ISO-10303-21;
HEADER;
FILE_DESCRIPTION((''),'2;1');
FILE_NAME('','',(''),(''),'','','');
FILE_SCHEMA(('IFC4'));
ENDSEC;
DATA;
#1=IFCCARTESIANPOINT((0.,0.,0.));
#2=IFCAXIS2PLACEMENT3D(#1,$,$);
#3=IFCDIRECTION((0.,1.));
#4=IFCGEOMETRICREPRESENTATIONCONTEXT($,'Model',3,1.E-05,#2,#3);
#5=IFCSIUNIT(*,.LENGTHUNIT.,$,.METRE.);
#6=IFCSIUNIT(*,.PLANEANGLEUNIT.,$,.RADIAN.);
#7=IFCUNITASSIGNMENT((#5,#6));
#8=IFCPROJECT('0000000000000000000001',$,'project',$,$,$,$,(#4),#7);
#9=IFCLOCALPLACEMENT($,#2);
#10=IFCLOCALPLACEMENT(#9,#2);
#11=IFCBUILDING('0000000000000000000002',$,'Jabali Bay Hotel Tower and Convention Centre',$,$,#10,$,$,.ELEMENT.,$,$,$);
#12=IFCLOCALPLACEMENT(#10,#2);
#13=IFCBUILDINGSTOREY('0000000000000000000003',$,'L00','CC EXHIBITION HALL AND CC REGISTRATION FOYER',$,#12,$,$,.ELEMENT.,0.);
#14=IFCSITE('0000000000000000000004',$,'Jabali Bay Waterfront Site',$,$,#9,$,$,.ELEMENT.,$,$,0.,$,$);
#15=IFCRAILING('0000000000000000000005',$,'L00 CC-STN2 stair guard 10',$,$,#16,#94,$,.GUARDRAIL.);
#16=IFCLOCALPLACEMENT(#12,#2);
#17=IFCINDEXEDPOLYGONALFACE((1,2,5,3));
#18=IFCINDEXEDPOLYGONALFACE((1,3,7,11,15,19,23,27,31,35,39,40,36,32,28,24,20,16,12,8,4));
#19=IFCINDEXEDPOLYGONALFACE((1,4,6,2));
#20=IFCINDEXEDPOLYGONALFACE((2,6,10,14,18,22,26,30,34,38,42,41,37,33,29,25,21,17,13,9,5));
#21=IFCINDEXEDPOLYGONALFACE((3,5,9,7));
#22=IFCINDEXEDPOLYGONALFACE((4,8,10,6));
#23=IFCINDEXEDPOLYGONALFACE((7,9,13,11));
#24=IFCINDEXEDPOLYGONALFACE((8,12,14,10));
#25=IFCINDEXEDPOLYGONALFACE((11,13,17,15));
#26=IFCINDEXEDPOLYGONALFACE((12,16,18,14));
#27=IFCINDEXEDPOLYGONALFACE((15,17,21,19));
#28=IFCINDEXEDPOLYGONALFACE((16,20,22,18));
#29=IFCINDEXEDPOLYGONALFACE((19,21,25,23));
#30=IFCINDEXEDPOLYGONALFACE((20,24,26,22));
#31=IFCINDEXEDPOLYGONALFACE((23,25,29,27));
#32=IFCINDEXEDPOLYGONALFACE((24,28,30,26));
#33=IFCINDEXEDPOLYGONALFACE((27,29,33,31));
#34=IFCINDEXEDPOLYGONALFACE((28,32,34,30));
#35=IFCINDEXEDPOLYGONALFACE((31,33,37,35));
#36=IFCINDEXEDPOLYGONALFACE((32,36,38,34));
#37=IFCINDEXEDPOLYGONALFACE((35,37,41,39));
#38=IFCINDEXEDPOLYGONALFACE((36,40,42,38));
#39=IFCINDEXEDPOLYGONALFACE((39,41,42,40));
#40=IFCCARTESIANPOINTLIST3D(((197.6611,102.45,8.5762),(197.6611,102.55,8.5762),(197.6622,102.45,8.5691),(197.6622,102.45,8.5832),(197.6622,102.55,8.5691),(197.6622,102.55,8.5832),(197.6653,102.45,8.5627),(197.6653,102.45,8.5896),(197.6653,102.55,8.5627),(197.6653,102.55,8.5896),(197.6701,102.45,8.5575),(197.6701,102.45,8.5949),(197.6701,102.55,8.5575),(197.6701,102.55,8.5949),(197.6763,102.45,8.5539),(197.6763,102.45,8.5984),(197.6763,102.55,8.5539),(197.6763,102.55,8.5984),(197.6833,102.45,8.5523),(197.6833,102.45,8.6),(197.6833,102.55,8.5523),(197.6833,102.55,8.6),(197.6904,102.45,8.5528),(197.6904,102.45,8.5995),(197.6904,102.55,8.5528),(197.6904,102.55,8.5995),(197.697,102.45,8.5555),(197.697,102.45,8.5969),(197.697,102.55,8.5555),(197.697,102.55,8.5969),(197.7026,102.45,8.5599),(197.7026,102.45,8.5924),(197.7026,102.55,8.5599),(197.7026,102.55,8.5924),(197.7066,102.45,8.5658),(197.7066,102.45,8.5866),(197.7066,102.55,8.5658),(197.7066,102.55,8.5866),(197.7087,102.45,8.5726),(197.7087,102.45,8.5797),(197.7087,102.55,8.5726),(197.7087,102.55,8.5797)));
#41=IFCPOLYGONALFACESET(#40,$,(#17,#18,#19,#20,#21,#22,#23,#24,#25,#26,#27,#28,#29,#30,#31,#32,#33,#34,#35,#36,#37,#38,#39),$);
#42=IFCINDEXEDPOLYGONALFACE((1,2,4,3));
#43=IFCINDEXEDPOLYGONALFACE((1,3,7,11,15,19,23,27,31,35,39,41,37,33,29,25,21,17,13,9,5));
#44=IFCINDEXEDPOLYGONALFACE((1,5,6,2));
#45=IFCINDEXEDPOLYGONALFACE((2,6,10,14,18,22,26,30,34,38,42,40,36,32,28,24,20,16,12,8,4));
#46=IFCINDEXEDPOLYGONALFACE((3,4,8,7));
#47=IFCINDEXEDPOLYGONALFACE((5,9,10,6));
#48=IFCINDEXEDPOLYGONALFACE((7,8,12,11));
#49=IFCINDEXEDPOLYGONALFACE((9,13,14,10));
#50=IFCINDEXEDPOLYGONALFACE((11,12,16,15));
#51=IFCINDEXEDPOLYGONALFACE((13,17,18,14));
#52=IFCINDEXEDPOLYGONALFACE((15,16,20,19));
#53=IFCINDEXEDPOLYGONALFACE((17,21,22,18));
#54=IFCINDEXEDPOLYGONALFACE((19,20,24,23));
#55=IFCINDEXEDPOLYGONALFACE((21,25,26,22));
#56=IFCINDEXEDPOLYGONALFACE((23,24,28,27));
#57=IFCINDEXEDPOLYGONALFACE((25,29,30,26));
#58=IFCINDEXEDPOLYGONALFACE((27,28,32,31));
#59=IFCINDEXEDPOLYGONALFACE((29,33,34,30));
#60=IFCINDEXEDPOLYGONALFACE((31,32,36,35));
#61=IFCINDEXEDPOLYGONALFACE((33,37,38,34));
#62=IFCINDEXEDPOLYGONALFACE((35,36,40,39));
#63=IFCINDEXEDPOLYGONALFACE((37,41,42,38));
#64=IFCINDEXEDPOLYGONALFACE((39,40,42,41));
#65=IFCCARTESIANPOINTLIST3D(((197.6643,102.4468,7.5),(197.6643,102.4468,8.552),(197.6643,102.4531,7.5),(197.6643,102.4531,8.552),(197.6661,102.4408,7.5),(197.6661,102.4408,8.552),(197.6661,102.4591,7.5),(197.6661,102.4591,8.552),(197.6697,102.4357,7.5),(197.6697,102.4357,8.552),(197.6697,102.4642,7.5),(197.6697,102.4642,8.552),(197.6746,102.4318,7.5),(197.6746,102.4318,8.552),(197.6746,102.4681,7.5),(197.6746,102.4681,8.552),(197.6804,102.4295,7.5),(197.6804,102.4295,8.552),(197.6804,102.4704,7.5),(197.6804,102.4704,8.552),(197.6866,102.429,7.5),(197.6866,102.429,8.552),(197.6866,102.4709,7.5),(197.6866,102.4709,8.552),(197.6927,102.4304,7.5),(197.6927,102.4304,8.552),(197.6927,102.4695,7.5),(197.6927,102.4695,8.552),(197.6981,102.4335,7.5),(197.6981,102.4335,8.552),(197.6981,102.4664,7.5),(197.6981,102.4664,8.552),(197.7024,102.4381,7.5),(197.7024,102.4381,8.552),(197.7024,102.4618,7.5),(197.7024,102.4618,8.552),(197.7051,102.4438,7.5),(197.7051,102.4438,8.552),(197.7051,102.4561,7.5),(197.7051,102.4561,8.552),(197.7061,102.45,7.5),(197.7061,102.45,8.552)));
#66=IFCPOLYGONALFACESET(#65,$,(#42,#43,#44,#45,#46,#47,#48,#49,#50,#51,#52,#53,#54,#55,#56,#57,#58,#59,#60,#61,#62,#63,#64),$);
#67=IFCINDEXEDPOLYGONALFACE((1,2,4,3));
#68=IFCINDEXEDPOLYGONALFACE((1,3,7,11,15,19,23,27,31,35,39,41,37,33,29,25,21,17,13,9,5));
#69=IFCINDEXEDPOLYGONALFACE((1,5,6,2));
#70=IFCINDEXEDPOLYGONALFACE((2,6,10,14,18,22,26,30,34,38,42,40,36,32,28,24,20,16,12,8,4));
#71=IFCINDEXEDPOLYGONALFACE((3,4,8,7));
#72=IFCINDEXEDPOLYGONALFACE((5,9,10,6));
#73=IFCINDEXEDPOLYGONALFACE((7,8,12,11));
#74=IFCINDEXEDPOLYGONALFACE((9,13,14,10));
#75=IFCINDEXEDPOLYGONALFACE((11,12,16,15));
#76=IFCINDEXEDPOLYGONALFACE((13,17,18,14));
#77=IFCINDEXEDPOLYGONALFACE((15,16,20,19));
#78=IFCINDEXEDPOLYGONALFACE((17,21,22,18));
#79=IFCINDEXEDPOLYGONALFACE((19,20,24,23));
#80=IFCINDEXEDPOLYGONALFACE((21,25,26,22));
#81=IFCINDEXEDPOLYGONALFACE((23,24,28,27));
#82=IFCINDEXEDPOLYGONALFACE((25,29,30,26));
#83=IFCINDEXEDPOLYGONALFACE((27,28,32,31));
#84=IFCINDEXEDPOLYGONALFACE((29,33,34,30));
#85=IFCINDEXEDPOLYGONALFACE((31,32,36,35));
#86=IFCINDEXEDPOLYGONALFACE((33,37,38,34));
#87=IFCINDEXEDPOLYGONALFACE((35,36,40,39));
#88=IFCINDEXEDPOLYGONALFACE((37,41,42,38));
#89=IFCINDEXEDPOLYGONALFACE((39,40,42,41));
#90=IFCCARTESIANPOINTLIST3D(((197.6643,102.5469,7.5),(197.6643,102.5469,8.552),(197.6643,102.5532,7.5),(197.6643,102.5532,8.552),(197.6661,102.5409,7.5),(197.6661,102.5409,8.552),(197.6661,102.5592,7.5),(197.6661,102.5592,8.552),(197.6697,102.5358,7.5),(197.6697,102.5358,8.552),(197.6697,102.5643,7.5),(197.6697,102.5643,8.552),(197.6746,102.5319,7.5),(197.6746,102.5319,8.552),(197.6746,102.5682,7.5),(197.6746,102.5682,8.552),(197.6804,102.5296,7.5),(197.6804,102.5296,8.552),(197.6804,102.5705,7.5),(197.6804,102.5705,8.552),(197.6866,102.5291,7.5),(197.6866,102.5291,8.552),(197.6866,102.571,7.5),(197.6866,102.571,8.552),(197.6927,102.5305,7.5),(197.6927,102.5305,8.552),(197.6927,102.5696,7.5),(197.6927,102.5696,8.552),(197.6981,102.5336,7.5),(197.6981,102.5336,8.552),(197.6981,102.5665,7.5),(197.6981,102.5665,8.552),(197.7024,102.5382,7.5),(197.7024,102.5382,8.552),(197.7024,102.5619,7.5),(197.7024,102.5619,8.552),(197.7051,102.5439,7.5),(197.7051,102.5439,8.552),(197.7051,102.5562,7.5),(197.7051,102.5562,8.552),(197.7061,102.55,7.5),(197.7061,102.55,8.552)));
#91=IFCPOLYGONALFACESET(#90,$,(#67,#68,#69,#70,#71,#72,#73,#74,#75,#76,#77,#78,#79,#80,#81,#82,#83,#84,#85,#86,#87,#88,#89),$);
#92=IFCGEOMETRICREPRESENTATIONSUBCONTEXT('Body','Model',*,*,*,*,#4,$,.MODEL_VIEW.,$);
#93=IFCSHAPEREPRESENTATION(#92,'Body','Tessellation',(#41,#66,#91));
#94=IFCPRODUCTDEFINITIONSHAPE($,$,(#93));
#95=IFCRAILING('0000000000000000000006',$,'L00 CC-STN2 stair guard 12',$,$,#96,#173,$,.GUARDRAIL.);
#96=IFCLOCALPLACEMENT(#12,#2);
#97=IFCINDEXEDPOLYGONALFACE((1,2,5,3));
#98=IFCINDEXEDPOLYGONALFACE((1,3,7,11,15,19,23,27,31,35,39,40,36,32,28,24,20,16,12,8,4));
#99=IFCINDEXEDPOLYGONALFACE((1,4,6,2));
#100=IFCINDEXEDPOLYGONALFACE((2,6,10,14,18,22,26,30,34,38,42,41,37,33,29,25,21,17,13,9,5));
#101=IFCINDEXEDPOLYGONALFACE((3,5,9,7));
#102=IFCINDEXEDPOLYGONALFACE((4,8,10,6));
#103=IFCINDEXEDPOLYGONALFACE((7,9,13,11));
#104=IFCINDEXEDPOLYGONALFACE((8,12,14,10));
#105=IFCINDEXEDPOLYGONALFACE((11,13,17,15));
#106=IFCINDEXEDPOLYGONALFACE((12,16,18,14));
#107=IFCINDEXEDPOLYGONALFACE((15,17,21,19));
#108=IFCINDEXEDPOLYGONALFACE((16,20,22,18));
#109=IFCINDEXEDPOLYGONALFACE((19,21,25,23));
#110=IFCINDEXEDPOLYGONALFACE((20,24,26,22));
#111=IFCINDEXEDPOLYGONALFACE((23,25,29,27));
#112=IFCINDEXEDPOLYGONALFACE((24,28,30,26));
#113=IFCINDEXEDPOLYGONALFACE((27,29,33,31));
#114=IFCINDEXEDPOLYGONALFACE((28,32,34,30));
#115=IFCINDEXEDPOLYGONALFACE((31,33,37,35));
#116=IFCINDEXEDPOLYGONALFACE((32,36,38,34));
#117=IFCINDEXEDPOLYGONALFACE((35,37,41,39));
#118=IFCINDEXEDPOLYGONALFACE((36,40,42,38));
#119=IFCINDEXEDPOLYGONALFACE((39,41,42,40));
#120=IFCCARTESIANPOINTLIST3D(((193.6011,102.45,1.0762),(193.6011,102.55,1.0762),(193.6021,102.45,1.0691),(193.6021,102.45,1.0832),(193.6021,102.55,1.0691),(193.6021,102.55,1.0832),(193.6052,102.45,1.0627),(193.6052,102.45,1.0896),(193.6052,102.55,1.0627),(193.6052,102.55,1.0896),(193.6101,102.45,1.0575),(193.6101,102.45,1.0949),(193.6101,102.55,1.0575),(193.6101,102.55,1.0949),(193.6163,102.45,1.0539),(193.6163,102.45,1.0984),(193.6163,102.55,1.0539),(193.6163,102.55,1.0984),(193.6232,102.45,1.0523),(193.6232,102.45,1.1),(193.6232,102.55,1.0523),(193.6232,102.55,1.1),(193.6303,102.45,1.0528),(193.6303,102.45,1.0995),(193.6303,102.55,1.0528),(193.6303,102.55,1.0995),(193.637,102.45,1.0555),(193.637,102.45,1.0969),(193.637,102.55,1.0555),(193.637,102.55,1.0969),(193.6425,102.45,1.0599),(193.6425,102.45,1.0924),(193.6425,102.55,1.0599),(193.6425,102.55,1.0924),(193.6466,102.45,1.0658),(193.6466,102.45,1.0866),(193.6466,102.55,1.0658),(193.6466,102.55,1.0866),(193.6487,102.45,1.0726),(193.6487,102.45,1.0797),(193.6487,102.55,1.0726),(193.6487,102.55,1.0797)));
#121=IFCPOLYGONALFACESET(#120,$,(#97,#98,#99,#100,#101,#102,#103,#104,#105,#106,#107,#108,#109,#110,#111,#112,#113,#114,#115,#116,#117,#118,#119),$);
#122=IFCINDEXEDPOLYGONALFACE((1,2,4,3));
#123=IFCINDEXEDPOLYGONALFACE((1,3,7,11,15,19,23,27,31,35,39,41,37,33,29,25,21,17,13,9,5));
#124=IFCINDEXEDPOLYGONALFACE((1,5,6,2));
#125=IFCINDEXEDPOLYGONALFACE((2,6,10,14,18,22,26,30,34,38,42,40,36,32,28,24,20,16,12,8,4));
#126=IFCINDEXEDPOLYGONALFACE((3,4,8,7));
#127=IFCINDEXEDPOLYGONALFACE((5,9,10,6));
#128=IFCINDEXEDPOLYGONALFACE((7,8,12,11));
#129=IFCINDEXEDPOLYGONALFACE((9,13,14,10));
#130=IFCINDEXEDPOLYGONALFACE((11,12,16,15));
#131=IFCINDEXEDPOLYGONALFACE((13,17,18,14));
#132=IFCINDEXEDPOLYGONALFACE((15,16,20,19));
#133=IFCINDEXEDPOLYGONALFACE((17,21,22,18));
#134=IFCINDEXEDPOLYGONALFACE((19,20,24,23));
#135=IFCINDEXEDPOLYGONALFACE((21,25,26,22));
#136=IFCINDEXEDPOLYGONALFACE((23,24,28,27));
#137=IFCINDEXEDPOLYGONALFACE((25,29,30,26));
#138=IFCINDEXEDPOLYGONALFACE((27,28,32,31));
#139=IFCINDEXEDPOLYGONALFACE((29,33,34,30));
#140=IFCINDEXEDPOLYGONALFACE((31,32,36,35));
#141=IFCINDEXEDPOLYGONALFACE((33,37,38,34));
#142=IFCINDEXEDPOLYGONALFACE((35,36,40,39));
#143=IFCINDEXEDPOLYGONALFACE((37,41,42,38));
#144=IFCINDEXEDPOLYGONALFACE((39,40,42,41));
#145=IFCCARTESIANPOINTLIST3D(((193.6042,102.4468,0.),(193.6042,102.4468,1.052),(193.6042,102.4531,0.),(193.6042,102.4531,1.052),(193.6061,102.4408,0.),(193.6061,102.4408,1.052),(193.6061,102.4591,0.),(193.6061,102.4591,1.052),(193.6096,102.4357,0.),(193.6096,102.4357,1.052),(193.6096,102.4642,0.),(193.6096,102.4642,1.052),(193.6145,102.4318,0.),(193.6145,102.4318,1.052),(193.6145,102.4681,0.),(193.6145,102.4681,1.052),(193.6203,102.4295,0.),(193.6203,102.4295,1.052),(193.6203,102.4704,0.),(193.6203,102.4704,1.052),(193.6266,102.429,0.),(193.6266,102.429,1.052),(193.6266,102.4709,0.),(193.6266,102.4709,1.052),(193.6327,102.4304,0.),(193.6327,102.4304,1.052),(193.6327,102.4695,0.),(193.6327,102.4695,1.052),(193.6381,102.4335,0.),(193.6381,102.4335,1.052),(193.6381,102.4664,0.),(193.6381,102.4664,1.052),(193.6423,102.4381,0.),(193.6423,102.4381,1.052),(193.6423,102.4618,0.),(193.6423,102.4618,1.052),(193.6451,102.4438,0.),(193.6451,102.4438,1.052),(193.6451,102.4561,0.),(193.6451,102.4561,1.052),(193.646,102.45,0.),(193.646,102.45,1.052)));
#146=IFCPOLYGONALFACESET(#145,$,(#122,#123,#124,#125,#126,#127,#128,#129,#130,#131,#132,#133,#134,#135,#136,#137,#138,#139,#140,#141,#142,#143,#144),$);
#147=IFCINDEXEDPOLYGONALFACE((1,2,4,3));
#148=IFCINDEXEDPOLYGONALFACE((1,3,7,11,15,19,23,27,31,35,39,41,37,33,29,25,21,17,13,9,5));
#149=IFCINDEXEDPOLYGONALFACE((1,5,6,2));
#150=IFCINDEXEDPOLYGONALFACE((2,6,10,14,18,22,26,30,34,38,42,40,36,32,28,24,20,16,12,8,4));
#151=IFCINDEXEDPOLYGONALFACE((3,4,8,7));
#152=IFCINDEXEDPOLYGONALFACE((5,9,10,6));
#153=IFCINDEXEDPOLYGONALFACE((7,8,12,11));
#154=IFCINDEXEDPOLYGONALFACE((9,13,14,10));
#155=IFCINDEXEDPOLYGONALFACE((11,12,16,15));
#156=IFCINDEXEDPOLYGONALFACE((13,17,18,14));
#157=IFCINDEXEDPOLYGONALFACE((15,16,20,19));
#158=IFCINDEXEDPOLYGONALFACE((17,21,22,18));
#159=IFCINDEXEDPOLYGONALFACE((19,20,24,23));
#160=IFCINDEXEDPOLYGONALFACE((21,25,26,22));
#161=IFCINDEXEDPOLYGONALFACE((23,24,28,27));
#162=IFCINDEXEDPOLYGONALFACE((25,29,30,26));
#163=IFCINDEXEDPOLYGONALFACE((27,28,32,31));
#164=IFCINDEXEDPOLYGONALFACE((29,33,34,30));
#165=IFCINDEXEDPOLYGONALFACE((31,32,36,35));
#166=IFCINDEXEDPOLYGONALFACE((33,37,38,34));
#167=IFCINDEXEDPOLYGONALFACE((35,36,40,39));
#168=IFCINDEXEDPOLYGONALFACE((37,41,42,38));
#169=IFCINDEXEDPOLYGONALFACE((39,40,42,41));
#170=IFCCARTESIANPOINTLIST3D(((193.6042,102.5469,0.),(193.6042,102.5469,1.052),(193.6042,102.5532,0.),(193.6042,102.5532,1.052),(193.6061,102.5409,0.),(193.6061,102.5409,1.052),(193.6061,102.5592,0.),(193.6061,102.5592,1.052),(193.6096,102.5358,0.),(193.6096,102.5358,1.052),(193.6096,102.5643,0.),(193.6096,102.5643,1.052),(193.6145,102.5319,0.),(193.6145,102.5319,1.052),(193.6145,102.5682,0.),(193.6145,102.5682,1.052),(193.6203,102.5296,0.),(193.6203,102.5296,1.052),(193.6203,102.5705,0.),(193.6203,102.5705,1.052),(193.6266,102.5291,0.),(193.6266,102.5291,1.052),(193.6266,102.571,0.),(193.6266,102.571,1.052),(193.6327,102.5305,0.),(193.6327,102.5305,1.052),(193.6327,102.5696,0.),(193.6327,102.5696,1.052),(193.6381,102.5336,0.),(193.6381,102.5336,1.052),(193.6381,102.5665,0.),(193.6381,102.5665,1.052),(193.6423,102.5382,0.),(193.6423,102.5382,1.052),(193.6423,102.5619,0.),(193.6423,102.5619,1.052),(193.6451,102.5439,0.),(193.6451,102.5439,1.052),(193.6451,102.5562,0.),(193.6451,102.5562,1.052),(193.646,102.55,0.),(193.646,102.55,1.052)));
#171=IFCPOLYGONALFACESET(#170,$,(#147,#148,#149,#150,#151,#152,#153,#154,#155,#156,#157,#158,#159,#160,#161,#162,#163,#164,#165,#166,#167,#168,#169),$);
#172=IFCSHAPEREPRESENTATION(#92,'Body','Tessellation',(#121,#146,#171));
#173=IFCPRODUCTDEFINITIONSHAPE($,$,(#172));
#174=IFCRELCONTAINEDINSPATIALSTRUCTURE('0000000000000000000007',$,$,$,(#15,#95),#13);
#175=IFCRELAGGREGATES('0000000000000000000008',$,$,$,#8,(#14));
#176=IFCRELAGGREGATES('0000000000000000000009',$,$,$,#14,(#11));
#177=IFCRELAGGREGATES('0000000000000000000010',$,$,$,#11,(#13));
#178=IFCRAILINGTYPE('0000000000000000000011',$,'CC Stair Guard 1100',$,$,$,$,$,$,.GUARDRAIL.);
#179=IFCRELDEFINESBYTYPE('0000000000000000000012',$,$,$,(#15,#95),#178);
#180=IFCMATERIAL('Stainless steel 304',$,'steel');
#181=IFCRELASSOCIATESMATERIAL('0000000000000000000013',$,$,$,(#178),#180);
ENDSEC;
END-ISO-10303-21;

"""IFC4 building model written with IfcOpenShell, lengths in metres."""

from ifc_helpers import new_model, si_unit, direction, frame, origin, origin_2d, place, context, subcontext, project, spatial, circle, extrude, material, type_object, element, save


model = new_model("IFC4")

# Units and contexts
model_context = context("Model", 3, precision=1e-05, world=origin(), true_north=direction((0.0, 1.0)))
body_context = subcontext(model_context, "Body", "Model", "MODEL_VIEW")
ifc_project = project(units=[si_unit("LENGTHUNIT", "METRE"), si_unit("PLANEANGLEUNIT", "RADIAN")], contexts=[model_context])

# Site, building, storey
site_placement = place(None, origin())
site = spatial("IfcSite", under=ifc_project, at=site_placement, Name="Jabali Bay Waterfront Site", CompositionType="ELEMENT", RefElevation=0.0)
building_placement = place(site_placement, origin())
building = spatial("IfcBuilding", under=site, at=building_placement, Name="Jabali Bay Hotel Tower and Convention Centre", CompositionType="ELEMENT")
storey_placement = place(building_placement, origin())
storey = spatial("IfcBuildingStorey", under=building, at=storey_placement, Name="L00", Description="CC EXHIBITION HALL AND CC REGISTRATION FOYER", CompositionType="ELEMENT", Elevation=0.0)

# Railings
ifc_material_1 = material(Name="Stainless steel 304", Category="steel")
railing_type_1 = type_object("IfcRailingType", Name="CC Stair Guard 1100", PredefinedType="GUARDRAIL", material=ifc_material_1)
for number, where, name in (
    (1, (197.6851, 102.45, 7.5), "L00 CC-STN2 stair guard 10"),
    (2, (193.625, 102.45, 0.0), "L00 CC-STN2 stair guard 12"),
):
    element("IfcRailing", number, at=place(storey_placement, frame(where)), inside=storey, type_object=railing_type_1, Name=name, PredefinedType="GUARDRAIL", context=body_context, shape_type="SweptSolid", body=[
        extrude(circle(Radius=0.0239, at=origin_2d()), frame((0.0, 0.0, 1.0762), z_axis=(0.0, 1.0, 0.0), x_axis=(-1.0, 0.0, 0.0)), (0.0, 0.0, 1.0), 0.1001),
        extrude(circle(Radius=0.021, at=origin_2d()), origin(), (0.0, 0.0, 1.0), 1.052),
        extrude(circle(Radius=0.021, at=origin_2d()), frame((0.0, 0.1001, 0.0)), (0.0, 0.0, 1.0), 1.052),
    ])

save(model, "model.ifc")
